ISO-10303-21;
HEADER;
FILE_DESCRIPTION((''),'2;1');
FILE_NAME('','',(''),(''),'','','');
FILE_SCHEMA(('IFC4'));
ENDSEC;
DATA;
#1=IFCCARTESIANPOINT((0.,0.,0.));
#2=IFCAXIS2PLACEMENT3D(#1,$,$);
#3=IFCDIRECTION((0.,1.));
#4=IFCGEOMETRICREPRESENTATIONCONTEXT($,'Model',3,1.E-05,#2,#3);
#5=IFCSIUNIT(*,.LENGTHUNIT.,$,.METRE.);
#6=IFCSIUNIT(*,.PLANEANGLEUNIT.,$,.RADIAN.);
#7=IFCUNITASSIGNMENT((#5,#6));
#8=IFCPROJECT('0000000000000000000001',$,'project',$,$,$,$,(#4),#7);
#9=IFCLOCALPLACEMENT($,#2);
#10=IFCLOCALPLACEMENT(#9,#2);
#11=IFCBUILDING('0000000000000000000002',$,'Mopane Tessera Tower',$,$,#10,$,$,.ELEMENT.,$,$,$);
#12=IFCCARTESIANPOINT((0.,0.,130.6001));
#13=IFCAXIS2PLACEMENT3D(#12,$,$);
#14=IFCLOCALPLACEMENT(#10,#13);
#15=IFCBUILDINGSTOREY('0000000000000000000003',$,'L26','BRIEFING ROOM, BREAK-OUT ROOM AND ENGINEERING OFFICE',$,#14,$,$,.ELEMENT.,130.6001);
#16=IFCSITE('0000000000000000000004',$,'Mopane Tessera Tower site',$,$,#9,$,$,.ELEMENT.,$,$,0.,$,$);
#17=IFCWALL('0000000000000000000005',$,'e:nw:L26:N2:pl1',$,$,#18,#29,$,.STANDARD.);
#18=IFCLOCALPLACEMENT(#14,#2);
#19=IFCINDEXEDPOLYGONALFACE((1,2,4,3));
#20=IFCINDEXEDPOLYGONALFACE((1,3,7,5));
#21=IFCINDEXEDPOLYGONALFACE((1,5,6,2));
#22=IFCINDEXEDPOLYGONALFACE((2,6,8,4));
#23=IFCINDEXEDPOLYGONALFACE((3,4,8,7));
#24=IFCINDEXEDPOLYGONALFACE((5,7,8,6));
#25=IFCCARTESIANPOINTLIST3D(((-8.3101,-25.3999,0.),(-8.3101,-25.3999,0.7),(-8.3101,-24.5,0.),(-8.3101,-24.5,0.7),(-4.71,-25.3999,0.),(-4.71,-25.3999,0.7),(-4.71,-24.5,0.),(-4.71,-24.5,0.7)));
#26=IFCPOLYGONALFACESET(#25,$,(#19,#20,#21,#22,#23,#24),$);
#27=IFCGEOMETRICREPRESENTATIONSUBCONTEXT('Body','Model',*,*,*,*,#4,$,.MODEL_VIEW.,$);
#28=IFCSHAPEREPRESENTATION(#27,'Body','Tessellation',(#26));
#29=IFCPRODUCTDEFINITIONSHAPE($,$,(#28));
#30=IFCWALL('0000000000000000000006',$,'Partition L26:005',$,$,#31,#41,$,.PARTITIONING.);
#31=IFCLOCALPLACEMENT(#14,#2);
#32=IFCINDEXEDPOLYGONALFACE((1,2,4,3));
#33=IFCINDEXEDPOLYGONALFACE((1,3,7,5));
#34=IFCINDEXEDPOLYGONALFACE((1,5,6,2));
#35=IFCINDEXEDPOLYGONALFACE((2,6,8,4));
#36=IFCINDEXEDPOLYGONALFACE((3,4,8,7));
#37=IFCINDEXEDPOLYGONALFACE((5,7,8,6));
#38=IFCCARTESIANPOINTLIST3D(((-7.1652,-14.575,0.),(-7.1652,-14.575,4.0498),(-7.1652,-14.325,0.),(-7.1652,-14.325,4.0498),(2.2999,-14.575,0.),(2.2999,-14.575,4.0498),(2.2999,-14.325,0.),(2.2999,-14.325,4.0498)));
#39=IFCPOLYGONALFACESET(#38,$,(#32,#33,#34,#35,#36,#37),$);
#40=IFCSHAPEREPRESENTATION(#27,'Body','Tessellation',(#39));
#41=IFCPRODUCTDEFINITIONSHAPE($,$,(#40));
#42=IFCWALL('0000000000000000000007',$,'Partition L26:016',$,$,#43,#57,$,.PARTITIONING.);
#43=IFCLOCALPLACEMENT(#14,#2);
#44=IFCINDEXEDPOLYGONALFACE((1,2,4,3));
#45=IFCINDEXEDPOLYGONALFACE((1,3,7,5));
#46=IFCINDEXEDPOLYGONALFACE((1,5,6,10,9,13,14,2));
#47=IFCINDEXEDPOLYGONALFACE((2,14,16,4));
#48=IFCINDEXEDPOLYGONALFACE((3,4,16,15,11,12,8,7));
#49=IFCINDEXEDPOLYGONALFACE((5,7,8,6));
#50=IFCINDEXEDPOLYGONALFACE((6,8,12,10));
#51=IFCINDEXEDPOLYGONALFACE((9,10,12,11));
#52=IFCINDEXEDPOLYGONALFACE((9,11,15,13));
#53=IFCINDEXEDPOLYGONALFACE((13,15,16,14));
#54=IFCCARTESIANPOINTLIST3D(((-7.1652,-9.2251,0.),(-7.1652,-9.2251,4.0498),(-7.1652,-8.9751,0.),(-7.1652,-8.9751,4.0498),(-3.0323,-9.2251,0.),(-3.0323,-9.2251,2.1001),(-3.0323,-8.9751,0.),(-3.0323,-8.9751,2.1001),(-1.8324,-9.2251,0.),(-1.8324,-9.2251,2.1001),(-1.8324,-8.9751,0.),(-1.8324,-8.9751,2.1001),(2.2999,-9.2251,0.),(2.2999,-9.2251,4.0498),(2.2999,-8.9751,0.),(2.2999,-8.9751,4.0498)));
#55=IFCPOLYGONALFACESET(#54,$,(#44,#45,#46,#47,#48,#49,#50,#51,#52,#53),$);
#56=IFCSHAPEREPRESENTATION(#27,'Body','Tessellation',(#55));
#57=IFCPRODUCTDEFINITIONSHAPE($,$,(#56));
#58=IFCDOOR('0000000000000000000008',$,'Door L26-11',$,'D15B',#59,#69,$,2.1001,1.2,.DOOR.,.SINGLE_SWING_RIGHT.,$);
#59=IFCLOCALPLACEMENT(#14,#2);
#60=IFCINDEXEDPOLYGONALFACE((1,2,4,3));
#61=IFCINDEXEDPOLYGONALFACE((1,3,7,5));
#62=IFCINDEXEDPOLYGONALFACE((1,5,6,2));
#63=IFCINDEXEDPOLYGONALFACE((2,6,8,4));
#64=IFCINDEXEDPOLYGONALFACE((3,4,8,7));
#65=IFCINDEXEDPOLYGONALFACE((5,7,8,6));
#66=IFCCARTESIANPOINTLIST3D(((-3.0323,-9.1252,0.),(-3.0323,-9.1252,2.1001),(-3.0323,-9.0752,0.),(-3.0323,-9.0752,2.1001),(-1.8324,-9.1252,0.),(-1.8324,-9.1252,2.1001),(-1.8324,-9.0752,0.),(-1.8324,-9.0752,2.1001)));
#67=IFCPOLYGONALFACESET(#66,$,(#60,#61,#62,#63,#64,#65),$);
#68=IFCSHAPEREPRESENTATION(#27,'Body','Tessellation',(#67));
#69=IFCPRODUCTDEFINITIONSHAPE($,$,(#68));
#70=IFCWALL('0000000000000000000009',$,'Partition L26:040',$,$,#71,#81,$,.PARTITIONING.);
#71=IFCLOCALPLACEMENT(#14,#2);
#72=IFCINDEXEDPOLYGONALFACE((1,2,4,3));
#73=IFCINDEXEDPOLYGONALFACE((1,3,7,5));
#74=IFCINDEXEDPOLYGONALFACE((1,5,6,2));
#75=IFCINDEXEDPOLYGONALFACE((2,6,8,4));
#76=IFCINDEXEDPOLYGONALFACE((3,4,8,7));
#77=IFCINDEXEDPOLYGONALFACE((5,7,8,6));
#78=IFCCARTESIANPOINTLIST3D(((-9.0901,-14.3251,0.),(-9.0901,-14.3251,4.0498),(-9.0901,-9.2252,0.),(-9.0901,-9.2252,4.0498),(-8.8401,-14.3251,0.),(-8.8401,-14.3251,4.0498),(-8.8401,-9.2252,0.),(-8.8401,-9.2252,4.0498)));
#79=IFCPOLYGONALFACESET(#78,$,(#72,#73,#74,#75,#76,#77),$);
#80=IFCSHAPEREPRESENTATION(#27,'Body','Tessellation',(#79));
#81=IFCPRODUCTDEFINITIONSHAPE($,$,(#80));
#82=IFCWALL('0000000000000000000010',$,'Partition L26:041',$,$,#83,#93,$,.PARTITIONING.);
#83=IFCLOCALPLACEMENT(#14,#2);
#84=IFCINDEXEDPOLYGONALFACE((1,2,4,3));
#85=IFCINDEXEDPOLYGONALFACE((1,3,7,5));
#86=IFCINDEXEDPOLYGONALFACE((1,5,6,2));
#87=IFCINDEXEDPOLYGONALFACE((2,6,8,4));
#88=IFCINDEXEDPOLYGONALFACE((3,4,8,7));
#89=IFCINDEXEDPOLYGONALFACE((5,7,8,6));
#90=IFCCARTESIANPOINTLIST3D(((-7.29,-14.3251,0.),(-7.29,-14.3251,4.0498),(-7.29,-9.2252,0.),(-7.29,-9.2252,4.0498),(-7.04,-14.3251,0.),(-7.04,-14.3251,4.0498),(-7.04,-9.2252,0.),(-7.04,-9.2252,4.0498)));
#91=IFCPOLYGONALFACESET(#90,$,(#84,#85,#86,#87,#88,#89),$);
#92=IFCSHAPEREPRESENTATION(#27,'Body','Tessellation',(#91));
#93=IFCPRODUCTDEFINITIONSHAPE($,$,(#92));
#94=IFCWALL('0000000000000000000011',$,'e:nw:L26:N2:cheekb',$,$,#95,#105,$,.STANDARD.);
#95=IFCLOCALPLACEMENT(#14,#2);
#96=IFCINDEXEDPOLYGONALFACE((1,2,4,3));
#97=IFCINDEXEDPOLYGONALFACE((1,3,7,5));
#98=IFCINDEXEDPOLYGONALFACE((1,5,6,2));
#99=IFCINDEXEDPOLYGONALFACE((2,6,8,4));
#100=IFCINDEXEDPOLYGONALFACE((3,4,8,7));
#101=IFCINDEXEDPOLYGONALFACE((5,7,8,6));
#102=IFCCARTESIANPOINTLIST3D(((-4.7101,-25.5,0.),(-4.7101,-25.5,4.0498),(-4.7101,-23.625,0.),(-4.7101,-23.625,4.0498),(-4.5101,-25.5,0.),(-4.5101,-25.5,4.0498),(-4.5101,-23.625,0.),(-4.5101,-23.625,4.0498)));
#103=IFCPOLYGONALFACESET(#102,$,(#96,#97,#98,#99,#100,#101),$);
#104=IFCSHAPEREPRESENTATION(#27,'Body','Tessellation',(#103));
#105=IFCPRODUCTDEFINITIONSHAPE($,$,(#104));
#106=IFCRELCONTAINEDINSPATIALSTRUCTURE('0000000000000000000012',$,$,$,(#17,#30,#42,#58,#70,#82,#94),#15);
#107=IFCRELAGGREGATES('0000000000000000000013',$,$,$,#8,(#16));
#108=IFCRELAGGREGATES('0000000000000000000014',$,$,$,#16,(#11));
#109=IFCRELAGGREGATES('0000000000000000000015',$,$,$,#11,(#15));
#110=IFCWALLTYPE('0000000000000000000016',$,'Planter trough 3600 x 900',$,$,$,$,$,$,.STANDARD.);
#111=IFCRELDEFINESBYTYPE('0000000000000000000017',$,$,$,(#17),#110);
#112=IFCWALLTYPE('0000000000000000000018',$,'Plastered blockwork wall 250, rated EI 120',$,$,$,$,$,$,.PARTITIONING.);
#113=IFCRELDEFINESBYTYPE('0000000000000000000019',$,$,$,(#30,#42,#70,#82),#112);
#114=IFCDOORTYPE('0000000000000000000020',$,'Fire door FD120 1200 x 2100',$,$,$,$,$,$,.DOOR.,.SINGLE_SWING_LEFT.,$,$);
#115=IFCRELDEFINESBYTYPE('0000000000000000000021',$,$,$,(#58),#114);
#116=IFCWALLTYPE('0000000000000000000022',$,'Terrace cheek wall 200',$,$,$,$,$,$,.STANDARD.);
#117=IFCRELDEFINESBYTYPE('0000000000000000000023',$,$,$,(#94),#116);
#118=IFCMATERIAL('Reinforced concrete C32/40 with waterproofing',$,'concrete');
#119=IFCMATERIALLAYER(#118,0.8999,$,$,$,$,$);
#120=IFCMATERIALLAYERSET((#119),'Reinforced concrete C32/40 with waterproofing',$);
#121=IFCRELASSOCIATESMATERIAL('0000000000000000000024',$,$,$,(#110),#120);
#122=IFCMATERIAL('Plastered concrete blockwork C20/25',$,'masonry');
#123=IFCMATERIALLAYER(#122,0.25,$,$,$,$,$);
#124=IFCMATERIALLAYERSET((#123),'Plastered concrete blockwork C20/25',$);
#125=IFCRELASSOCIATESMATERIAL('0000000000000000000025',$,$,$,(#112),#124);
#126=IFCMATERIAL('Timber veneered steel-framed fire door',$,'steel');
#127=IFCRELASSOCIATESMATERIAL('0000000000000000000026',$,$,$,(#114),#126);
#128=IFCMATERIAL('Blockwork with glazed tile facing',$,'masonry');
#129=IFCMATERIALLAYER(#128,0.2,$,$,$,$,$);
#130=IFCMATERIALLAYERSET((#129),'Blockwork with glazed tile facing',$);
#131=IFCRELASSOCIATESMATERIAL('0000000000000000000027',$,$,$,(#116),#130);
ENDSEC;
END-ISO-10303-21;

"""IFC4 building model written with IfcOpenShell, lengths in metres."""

from ifc_helpers import new_model, si_unit, direction, frame, frame_2d, origin, place, context, subcontext, project, spatial, rectangle, extrude, material, layer, layer_set, type_object, element, fill, save


model = new_model("IFC4")

# Units and contexts
model_context = context("Model", 3, precision=1e-05, world=origin(), true_north=direction((0.0, 1.0)))
body_context = subcontext(model_context, "Body", "Model", "MODEL_VIEW")
ifc_project = project(units=[si_unit("LENGTHUNIT", "METRE"), si_unit("PLANEANGLEUNIT", "RADIAN")], contexts=[model_context])

# Site, building, storey
site_placement = place(None, origin())
site = spatial("IfcSite", under=ifc_project, at=site_placement, Name="Mopane Tessera Tower site", CompositionType="ELEMENT", RefElevation=0.0)
building_placement = place(site_placement, origin())
building = spatial("IfcBuilding", under=site, at=building_placement, Name="Mopane Tessera Tower", CompositionType="ELEMENT")
storey_placement = place(building_placement, frame((0.0, 0.0, 130.6001)))
storey = spatial("IfcBuildingStorey", under=building, at=storey_placement, Name="L26", Description="BRIEFING ROOM, BREAK-OUT ROOM AND ENGINEERING OFFICE", CompositionType="ELEMENT", Elevation=130.6001)

# Walls
ifc_material_1 = material(Name="Reinforced concrete C32/40 with waterproofing", Category="concrete")
ifc_layer_1 = layer(ifc_material_1, 0.8999)
ifc_layer_set_1 = layer_set([ifc_layer_1], Name="Reinforced concrete C32/40 with waterproofing")
wall_type_1 = type_object("IfcWallType", Name="Planter trough 3600 x 900", PredefinedType="STANDARD", material=ifc_layer_set_1)
wall_1_placement = place(storey_placement, frame((-8.3101, -24.95, 0.0), z_axis=(0.0, 0.0, 1.0), x_axis=(1.0, 0.0, 0.0)))
element("IfcWall", 1, at=wall_1_placement, inside=storey, type_object=wall_type_1, Name="e:nw:L26:N2:pl1", PredefinedType="STANDARD", context=body_context, shape_type="SweptSolid", body=[
    extrude(rectangle(XDim=3.6001, YDim=0.8999, at=frame_2d((1.8, 0.0))), origin(), (0.0, 0.0, 1.0), 0.7),
])
ifc_material_2 = material(Name="Plastered concrete blockwork C20/25", Category="masonry")
ifc_layer_2 = layer(ifc_material_2, 0.25)
ifc_layer_set_2 = layer_set([ifc_layer_2], Name="Plastered concrete blockwork C20/25")
wall_type_2 = type_object("IfcWallType", Name="Plastered blockwork wall 250, rated EI 120", PredefinedType="PARTITIONING", material=ifc_layer_set_2)
wall_2_placement = place(storey_placement, frame((-7.165, -14.45, 0.0), z_axis=(0.0, 0.0, 1.0), x_axis=(1.0, 0.0, 0.0)))
element("IfcWall", 2, at=wall_2_placement, inside=storey, type_object=wall_type_2, Name="Partition L26:005", PredefinedType="PARTITIONING", context=body_context, shape_type="SweptSolid", body=[
    extrude(rectangle(XDim=9.4651, YDim=0.25, at=frame_2d((4.7324, 0.0))), origin(), (0.0, 0.0, 1.0), 4.0498),
])

# Wall, opening, door
wall_3_placement = place(storey_placement, frame((-7.165, -9.1001, 0.0), z_axis=(0.0, 0.0, 1.0), x_axis=(1.0, 0.0, 0.0)))
wall_3 = element("IfcWall", 3, at=wall_3_placement, inside=storey, type_object=wall_type_2, Name="Partition L26:016", PredefinedType="PARTITIONING", context=body_context, shape_type="SweptSolid", body=[
    extrude(rectangle(XDim=9.4651, YDim=0.25, at=frame_2d((4.7324, 0.0))), origin(), (0.0, 0.0, 1.0), 4.0498),
])
opening_1_placement = place(wall_3_placement, frame((4.1326, 0.0, 0.0)))
opening_1 = element("IfcOpeningElement", 4, at=opening_1_placement, cuts=wall_3, PredefinedType="OPENING", context=body_context, shape_type="SweptSolid", body=[
    extrude(rectangle(XDim=1.2, YDim=2.1001, at=frame_2d((0.6001, 1.05))), frame((0.0, 0.137, 0.0), z_axis=(0.0, -1.0, 0.0), x_axis=(1.0, 0.0, 0.0)), (0.0, 0.0, 1.0), 0.2739),
])
ifc_material_3 = material(Name="Timber veneered steel-framed fire door", Category="steel")
door_type_1 = type_object("IfcDoorType", Name="Fire door FD120 1200 x 2100", OperationType="SINGLE_SWING_LEFT", PredefinedType="DOOR", material=ifc_material_3)
door_1_placement = place(opening_1_placement, origin())
door_1 = element("IfcDoor", 5, at=door_1_placement, inside=storey, type_object=door_type_1, Name="Door L26-11", ObjectType="D15B", OperationType="SINGLE_SWING_RIGHT", OverallHeight=2.1001, OverallWidth=1.2, PredefinedType="DOOR", context=body_context, shape_type="SweptSolid", body=[
    extrude(rectangle(XDim=1.2, YDim=2.1001, at=frame_2d((0.6001, 1.05))), frame((0.0, 0.0249, 0.0), z_axis=(0.0, -1.0, 0.0), x_axis=(1.0, 0.0, 0.0)), (0.0, 0.0, 1.0), 0.05),
])
fill(opening_1, door_1)

# Walls
for number, where, z_axis, x_axis, name in (
    (6, (-8.9651, -14.325, 0.0), (0.0, 0.0, 1.0), (0.0, 1.0, 0.0), "Partition L26:040"),
    (7, (-7.165, -14.325, 0.0), (0.0, 0.0, 1.0), (0.0, 1.0, 0.0), "Partition L26:041"),
):
    element("IfcWall", number, at=place(storey_placement, frame(where, z_axis=z_axis, x_axis=x_axis)), inside=storey, type_object=wall_type_2, Name=name, PredefinedType="PARTITIONING", context=body_context, shape_type="SweptSolid", body=[
        extrude(rectangle(XDim=5.0999, YDim=0.25, at=frame_2d((2.5498, 0.0))), origin(), (0.0, 0.0, 1.0), 4.0498),
    ])
ifc_material_4 = material(Name="Blockwork with glazed tile facing", Category="masonry")
ifc_layer_3 = layer(ifc_material_4, 0.2)
ifc_layer_set_3 = layer_set([ifc_layer_3], Name="Blockwork with glazed tile facing")
wall_type_3 = type_object("IfcWallType", Name="Terrace cheek wall 200", PredefinedType="STANDARD", material=ifc_layer_set_3)
wall_4_placement = place(storey_placement, frame((-4.6101, -25.5, 0.0), z_axis=(0.0, 0.0, 1.0), x_axis=(0.0, 1.0, 0.0)))
element("IfcWall", 8, at=wall_4_placement, inside=storey, type_object=wall_type_3, Name="e:nw:L26:N2:cheekb", PredefinedType="STANDARD", context=body_context, shape_type="SweptSolid", body=[
    extrude(rectangle(XDim=1.875, YDim=0.2, at=frame_2d((0.9375, 0.0))), origin(), (0.0, 0.0, 1.0), 4.0498),
])

save(model, "model.ifc")
